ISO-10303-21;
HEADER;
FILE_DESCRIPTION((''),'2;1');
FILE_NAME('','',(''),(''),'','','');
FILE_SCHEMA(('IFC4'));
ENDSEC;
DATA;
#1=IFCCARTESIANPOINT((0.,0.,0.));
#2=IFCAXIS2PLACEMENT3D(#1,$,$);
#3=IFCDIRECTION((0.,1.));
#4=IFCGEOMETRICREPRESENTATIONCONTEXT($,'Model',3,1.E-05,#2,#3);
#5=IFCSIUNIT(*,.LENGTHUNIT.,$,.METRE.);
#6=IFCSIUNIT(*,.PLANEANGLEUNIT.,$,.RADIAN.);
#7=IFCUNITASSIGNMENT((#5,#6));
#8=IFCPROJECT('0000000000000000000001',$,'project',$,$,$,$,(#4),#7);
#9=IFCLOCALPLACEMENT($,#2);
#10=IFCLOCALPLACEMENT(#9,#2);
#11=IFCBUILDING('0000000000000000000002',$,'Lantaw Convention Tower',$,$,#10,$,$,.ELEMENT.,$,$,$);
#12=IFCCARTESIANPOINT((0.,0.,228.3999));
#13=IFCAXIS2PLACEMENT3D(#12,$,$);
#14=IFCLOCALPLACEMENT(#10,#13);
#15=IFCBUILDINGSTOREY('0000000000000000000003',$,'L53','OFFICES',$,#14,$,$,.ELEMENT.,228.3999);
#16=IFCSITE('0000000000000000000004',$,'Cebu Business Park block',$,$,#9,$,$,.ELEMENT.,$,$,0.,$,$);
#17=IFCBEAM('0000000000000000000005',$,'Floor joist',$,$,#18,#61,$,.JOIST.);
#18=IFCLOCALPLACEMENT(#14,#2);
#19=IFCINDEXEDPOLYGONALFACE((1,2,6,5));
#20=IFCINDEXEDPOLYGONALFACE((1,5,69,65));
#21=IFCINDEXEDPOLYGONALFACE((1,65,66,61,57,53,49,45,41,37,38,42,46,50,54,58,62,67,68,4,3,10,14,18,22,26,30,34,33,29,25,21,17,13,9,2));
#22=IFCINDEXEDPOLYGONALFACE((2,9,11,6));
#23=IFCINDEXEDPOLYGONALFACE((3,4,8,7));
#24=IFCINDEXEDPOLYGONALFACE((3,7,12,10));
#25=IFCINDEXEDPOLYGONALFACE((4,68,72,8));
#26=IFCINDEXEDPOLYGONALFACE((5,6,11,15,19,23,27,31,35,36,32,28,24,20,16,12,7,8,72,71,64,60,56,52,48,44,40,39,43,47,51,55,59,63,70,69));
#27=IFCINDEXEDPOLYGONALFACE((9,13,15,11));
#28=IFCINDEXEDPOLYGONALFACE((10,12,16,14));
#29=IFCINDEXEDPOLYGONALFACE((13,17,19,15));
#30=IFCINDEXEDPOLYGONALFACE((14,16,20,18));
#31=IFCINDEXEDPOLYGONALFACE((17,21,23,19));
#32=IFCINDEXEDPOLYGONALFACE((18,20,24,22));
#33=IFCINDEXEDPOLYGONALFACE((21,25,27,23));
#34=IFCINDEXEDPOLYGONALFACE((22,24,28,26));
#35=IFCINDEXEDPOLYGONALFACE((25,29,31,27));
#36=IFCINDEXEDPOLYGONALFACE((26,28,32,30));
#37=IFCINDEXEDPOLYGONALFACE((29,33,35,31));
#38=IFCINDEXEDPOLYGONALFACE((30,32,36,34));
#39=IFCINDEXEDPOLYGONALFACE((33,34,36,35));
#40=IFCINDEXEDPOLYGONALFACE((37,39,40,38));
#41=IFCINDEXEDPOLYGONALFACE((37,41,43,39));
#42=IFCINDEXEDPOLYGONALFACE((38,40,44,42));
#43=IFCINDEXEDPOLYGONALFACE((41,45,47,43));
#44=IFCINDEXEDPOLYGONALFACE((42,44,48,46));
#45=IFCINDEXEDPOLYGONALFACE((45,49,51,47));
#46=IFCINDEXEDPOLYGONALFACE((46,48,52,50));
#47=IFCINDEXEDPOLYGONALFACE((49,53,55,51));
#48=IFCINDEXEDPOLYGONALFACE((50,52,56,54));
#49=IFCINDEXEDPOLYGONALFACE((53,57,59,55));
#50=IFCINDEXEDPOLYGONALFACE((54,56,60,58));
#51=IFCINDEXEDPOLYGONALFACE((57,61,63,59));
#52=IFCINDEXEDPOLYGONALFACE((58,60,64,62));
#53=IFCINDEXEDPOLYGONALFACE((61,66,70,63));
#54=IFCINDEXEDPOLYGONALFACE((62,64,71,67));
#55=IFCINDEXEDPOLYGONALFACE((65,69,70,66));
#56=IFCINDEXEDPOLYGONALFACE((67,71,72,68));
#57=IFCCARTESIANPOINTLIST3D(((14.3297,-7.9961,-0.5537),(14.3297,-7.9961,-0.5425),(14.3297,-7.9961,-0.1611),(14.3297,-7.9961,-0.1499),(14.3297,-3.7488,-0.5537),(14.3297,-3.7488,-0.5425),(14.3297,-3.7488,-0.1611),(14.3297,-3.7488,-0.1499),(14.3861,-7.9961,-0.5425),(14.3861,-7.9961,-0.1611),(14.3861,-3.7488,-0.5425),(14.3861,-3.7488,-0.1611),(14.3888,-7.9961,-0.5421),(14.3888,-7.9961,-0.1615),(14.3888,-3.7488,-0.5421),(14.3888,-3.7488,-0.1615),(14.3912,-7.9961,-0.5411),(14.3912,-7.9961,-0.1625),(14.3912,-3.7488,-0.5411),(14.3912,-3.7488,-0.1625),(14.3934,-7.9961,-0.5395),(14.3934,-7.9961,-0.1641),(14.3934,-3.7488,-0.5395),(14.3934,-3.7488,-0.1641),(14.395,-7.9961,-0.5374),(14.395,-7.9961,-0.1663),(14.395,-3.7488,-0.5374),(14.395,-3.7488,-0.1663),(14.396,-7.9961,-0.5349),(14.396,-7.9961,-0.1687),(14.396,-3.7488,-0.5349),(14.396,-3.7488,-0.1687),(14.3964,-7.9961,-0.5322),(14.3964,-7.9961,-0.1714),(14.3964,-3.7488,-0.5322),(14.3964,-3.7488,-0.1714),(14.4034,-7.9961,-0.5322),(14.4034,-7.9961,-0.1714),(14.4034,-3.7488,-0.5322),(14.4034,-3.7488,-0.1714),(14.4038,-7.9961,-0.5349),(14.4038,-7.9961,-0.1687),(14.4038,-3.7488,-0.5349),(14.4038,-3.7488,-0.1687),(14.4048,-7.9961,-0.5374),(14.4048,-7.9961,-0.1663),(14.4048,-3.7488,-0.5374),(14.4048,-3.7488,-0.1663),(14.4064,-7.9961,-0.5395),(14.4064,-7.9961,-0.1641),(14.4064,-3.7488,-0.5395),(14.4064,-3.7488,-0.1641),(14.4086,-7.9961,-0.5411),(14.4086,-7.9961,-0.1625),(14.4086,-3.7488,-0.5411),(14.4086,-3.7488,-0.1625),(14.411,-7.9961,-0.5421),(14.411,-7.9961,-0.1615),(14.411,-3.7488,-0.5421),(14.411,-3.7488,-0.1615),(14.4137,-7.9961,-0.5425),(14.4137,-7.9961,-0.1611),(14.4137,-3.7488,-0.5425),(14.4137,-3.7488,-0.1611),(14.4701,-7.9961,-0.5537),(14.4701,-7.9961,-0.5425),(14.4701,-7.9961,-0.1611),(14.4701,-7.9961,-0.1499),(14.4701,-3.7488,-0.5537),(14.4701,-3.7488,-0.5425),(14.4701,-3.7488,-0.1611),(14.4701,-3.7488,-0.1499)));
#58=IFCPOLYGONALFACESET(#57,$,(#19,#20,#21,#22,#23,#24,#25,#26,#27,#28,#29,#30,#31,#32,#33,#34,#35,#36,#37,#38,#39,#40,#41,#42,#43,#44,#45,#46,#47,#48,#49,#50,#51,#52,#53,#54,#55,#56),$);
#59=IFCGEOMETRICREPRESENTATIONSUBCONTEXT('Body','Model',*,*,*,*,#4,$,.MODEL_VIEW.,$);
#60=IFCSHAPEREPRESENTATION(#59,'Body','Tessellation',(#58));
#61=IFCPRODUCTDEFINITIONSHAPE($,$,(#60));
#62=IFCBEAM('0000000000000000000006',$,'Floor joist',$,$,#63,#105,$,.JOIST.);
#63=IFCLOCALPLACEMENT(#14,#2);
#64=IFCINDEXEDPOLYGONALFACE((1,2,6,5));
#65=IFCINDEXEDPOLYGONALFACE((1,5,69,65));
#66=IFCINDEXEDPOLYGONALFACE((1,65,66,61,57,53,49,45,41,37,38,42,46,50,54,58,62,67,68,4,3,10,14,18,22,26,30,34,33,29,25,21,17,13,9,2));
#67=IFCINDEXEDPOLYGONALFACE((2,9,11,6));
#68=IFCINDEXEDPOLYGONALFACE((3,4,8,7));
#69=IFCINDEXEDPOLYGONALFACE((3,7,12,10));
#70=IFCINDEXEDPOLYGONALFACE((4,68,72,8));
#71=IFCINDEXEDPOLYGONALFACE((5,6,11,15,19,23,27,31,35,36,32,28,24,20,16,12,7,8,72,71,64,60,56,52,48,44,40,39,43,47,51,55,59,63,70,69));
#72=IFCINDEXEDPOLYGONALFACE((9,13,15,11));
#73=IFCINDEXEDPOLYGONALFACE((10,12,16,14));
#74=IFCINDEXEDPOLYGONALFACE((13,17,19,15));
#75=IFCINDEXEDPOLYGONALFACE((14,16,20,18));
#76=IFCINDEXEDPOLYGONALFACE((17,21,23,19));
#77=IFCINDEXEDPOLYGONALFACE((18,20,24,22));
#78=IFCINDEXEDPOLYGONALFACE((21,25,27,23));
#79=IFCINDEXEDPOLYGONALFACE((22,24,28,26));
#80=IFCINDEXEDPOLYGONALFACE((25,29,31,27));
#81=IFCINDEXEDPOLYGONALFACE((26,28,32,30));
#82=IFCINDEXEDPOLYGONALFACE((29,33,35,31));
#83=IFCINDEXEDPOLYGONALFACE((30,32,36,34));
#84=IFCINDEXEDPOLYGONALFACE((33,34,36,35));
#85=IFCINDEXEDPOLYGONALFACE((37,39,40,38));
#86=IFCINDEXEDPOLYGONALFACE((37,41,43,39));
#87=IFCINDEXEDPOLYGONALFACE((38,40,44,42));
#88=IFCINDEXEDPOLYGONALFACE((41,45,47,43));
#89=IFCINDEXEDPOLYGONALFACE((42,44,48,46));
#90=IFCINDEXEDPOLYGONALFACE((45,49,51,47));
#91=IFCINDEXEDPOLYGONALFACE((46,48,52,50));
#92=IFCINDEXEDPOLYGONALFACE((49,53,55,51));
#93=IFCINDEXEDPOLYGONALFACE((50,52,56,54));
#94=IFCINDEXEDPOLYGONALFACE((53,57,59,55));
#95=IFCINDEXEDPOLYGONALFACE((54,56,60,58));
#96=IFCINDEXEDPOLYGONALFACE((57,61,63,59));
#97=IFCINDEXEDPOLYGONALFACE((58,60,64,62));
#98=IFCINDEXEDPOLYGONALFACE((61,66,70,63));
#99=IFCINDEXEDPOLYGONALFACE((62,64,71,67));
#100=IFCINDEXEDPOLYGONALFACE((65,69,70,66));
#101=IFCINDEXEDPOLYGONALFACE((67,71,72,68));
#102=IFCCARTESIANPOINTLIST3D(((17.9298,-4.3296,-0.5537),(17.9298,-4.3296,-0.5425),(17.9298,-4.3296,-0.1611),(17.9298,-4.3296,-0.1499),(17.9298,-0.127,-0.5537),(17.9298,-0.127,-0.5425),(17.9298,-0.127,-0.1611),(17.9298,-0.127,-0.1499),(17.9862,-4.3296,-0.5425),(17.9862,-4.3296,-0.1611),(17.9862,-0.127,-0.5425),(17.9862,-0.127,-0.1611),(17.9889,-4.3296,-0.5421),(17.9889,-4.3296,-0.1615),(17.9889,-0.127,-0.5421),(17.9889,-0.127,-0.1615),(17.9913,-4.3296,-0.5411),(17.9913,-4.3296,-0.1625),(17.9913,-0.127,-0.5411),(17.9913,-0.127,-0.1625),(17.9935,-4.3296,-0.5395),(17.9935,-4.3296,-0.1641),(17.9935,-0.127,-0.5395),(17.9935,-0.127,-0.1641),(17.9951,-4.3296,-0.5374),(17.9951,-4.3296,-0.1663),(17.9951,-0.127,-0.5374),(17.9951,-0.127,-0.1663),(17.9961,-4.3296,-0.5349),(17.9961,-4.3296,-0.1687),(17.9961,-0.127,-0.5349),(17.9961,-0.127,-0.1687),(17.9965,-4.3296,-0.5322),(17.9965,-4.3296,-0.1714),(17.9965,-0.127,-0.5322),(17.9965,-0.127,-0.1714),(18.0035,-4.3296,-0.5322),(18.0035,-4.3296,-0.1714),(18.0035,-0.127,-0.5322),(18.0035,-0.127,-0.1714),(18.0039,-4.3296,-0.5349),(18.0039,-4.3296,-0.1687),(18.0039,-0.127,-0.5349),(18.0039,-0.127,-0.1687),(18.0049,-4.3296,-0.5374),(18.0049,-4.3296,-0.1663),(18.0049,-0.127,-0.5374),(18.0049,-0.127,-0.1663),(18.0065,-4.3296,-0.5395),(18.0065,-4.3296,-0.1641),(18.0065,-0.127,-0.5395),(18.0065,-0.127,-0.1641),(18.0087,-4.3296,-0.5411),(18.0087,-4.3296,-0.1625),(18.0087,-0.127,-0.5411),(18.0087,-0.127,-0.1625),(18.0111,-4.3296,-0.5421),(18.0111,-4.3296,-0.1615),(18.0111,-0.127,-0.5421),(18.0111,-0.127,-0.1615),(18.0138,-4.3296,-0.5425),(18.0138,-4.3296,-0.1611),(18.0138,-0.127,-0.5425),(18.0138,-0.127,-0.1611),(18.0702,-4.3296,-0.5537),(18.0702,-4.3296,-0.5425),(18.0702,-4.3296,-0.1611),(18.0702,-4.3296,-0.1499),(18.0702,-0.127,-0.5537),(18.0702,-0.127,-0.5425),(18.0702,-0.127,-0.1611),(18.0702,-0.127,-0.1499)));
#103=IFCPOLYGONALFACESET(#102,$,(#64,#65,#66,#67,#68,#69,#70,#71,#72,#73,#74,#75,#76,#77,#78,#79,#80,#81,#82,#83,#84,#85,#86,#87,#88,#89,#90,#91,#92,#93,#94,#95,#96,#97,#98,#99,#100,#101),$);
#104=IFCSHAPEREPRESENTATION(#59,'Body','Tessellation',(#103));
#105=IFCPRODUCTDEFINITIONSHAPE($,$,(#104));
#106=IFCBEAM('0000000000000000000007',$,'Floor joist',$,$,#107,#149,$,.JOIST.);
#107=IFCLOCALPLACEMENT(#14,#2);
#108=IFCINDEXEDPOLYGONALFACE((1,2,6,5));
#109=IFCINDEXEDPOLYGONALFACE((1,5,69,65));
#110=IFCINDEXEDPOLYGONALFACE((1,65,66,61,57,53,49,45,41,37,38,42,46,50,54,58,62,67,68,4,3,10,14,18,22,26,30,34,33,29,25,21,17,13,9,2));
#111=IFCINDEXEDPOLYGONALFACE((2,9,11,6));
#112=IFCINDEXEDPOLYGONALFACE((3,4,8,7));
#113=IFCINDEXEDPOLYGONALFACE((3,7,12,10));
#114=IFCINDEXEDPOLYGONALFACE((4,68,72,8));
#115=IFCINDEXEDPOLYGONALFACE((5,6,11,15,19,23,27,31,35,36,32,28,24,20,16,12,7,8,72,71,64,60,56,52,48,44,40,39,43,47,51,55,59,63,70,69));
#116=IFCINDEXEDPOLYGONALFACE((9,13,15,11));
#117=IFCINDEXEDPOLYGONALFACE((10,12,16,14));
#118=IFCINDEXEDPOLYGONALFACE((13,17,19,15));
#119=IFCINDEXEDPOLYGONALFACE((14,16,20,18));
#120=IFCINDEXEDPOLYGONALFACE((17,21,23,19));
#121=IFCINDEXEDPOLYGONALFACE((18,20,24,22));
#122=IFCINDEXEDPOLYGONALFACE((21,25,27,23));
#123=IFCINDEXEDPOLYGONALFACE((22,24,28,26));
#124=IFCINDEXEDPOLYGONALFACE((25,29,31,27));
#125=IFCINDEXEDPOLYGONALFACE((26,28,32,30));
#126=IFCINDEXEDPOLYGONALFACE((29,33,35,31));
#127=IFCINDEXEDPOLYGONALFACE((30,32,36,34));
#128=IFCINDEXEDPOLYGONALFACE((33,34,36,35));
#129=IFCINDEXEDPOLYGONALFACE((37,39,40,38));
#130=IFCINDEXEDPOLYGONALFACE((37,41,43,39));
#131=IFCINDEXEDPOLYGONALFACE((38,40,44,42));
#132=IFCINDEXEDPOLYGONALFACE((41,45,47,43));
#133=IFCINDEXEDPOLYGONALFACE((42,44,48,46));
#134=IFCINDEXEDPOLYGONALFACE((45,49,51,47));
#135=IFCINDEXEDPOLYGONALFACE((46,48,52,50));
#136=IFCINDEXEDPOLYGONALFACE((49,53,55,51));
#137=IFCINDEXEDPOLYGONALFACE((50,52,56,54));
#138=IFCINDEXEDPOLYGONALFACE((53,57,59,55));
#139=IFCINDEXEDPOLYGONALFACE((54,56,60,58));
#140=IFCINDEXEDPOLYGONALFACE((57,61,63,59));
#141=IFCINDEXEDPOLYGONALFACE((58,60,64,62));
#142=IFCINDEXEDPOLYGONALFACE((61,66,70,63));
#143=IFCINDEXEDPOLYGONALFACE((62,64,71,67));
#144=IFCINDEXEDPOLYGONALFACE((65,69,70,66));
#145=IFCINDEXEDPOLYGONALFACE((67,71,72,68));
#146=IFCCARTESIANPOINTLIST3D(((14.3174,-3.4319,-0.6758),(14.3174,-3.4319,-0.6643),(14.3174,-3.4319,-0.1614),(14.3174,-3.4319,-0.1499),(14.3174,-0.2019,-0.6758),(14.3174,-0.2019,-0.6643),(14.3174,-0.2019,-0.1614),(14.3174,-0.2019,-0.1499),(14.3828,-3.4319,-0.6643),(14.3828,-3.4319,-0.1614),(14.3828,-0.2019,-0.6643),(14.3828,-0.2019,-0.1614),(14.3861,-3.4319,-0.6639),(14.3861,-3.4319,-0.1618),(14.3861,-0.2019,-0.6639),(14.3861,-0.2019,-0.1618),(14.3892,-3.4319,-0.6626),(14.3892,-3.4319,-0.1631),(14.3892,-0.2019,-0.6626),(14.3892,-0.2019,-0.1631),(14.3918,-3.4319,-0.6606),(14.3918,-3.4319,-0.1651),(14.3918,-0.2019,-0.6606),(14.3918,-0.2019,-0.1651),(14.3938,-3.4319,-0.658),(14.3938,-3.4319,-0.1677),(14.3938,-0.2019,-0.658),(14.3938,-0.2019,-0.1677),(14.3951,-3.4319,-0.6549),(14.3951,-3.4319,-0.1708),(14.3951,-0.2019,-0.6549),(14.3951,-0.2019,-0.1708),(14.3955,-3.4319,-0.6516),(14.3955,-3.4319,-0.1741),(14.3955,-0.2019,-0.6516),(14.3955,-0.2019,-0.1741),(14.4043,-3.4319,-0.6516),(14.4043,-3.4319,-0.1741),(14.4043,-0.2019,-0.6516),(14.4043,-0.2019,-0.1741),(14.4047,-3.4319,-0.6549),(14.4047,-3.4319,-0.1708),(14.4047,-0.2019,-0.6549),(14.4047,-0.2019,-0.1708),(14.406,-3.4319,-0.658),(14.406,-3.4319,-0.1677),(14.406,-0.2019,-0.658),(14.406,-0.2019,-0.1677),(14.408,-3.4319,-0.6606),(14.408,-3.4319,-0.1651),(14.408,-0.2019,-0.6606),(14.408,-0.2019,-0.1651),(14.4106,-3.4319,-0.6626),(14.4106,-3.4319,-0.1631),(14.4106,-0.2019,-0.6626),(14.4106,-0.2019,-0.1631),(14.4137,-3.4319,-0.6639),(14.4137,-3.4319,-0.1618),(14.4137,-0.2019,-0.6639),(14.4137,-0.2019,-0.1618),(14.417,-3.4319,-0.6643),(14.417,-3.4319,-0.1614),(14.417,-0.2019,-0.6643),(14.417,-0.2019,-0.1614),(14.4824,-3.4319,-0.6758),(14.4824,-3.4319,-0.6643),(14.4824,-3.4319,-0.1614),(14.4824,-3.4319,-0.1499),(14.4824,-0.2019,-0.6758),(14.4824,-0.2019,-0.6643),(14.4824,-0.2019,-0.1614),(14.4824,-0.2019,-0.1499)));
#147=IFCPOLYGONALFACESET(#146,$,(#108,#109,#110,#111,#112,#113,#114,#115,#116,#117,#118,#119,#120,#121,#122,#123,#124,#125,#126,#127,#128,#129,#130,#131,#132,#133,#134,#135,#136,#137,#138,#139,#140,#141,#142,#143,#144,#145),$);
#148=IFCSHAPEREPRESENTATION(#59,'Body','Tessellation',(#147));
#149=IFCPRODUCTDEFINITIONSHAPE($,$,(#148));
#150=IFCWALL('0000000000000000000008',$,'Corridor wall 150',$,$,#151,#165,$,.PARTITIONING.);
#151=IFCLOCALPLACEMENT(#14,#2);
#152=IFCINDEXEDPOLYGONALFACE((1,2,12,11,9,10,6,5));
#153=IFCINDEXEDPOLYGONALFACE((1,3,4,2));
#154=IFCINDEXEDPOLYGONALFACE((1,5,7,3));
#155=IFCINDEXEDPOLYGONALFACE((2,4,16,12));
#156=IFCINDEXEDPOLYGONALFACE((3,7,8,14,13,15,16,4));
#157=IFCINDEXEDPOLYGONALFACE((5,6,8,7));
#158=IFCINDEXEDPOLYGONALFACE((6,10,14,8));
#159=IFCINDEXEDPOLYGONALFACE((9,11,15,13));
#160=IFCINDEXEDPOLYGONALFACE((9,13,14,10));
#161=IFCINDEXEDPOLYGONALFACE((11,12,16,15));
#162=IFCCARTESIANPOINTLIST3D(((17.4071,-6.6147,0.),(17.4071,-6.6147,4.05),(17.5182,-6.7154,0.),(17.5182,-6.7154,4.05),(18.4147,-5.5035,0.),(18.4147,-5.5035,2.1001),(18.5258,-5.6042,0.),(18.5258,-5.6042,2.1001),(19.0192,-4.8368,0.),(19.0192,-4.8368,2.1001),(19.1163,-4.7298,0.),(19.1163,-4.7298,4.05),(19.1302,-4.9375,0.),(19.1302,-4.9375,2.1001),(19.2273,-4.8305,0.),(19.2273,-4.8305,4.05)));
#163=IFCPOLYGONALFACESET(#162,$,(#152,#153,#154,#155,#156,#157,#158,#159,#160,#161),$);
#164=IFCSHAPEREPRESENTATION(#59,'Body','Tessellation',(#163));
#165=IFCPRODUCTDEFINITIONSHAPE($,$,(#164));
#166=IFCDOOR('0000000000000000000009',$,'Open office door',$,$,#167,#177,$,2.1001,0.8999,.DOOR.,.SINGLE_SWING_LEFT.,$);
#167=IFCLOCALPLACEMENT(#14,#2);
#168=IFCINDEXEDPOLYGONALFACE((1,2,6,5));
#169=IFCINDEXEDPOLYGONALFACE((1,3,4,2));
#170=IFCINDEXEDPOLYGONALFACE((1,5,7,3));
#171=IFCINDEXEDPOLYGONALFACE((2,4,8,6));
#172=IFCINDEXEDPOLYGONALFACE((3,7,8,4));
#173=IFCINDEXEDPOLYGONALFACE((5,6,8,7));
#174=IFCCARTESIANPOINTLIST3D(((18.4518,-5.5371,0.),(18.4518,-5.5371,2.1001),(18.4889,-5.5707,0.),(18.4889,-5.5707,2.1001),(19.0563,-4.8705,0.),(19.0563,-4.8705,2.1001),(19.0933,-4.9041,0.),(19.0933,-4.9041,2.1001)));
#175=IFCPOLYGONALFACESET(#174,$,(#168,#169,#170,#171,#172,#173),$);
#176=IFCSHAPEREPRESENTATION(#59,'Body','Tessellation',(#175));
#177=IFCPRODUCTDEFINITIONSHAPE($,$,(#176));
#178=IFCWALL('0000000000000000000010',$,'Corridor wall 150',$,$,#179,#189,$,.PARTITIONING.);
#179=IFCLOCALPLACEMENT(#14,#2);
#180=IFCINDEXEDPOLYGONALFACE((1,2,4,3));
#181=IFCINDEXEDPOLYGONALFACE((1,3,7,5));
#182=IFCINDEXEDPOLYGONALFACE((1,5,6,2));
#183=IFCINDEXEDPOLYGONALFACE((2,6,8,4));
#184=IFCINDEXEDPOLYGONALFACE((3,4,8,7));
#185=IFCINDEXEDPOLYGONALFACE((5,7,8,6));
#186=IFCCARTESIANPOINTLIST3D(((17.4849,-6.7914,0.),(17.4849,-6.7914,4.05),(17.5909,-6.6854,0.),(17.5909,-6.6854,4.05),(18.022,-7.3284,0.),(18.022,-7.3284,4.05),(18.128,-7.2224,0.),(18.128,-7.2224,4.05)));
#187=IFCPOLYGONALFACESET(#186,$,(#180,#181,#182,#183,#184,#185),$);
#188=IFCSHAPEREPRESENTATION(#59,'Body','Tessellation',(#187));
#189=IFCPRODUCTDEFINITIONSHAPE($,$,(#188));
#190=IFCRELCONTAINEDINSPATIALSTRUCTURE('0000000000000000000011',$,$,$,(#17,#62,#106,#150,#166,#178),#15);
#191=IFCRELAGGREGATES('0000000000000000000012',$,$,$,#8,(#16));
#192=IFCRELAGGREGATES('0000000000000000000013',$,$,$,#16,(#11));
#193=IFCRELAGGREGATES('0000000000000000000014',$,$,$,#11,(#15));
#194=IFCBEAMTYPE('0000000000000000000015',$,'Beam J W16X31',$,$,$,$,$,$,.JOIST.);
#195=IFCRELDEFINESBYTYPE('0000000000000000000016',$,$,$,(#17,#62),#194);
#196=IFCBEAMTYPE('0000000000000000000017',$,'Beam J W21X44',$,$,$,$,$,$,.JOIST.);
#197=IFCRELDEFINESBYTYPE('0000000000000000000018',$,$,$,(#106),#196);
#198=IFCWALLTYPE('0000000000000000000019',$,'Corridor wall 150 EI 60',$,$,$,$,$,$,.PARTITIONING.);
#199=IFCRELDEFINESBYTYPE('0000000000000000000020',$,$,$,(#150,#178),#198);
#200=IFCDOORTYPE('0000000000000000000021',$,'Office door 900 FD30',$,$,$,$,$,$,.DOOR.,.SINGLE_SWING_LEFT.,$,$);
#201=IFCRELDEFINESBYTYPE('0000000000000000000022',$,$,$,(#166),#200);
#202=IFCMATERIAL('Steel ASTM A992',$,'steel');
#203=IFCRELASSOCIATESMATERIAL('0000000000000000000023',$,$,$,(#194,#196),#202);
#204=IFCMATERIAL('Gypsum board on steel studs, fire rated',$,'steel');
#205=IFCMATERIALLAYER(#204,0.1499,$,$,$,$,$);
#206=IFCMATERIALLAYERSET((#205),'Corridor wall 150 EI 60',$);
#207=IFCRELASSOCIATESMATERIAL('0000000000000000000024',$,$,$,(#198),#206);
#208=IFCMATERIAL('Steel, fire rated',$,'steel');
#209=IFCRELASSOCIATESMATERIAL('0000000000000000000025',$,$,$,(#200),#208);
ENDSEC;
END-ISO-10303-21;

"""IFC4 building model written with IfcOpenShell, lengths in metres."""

from ifc_helpers import new_model, si_unit, direction, frame, frame_2d, origin, origin_2d, place, context, subcontext, project, spatial, rectangle, i_section, extrude, material, layer, layer_set, material_profile, profile_set, type_object, element, fill, save


model = new_model("IFC4")

# Units and contexts
model_context = context("Model", 3, precision=1e-05, world=origin(), true_north=direction((0.0, 1.0)))
body_context = subcontext(model_context, "Body", "Model", "MODEL_VIEW")
ifc_project = project(units=[si_unit("LENGTHUNIT", "METRE"), si_unit("PLANEANGLEUNIT", "RADIAN")], contexts=[model_context])

# Site, building, storey
site_placement = place(None, origin())
site = spatial("IfcSite", under=ifc_project, at=site_placement, Name="Cebu Business Park block", CompositionType="ELEMENT", RefElevation=0.0)
building_placement = place(site_placement, origin())
building = spatial("IfcBuilding", under=site, at=building_placement, Name="Lantaw Convention Tower", CompositionType="ELEMENT")
storey_placement = place(building_placement, frame((0.0, 0.0, 228.3999)))
storey = spatial("IfcBuildingStorey", under=building, at=storey_placement, Name="L53", Description="OFFICES", CompositionType="ELEMENT", Elevation=228.3999)

# Beams
ifc_material_1 = material(Name="Steel ASTM A992", Category="steel")
ifc_material_profile_1 = material_profile(ifc_material_1, i_section(OverallWidth=0.1404, OverallDepth=0.4038, WebThickness=0.0071, FlangeThickness=0.0112, FilletRadius=0.0103, at=origin_2d()), Name="W16X31")
ifc_profile_set_1 = profile_set([ifc_material_profile_1], Name="Steel ASTM A992")
beam_type_1 = type_object("IfcBeamType", Name="Beam J W16X31", PredefinedType="JOIST", material=ifc_profile_set_1)
beam_1_placement = place(storey_placement, frame((14.3999, -7.9961, -0.3518), z_axis=(0.0, 1.0, 0.0), x_axis=(-1.0, 0.0, 0.0)))
element("IfcBeam", 1, at=beam_1_placement, inside=storey, type_object=beam_type_1, Name="Floor joist", PredefinedType="JOIST", context=body_context, shape_type="SweptSolid", body=[
    extrude(i_section(OverallWidth=0.1404, OverallDepth=0.4038, WebThickness=0.0071, FlangeThickness=0.0112, FilletRadius=0.0103, at=origin_2d()), origin(), (0.0, 0.0, 1.0), 4.2473),
])
beam_2_placement = place(storey_placement, frame((18.0, -4.3296, -0.3518), z_axis=(0.0, 1.0, 0.0), x_axis=(-1.0, 0.0, 0.0)))
element("IfcBeam", 2, at=beam_2_placement, inside=storey, type_object=beam_type_1, Name="Floor joist", PredefinedType="JOIST", context=body_context, shape_type="SweptSolid", body=[
    extrude(i_section(OverallWidth=0.1404, OverallDepth=0.4038, WebThickness=0.0071, FlangeThickness=0.0112, FilletRadius=0.0103, at=origin_2d()), origin(), (0.0, 0.0, 1.0), 4.2026),
])
ifc_material_profile_2 = material_profile(ifc_material_1, i_section(OverallWidth=0.165, OverallDepth=0.5259, WebThickness=0.0088, FlangeThickness=0.0115, FilletRadius=0.0127, at=origin_2d()), Name="W21X44")
ifc_profile_set_2 = profile_set([ifc_material_profile_2], Name="Steel ASTM A992")
beam_type_2 = type_object("IfcBeamType", Name="Beam J W21X44", PredefinedType="JOIST", material=ifc_profile_set_2)
beam_3_placement = place(storey_placement, frame((14.3999, -3.4319, -0.4128), z_axis=(0.0, 1.0, 0.0), x_axis=(-1.0, 0.0, 0.0)))
element("IfcBeam", 3, at=beam_3_placement, inside=storey, type_object=beam_type_2, Name="Floor joist", PredefinedType="JOIST", context=body_context, shape_type="SweptSolid", body=[
    extrude(i_section(OverallWidth=0.165, OverallDepth=0.5259, WebThickness=0.0088, FlangeThickness=0.0115, FilletRadius=0.0127, at=origin_2d()), origin(), (0.0, 0.0, 1.0), 3.23),
])

# Wall, opening, door
ifc_material_2 = material(Name="Gypsum board on steel studs, fire rated", Category="steel")
ifc_layer_1 = layer(ifc_material_2, 0.1499)
ifc_layer_set_1 = layer_set([ifc_layer_1], Name="Corridor wall 150 EI 60")
wall_type_1 = type_object("IfcWallType", Name="Corridor wall 150 EI 60", PredefinedType="PARTITIONING", material=ifc_layer_set_1)
wall_1_placement = place(storey_placement, frame((17.4626, -6.665, 0.0), z_axis=(0.0, 0.0, 1.0), x_axis=(0.671722, 0.740803, 0.0)))
wall_1 = element("IfcWall", 4, at=wall_1_placement, inside=storey, type_object=wall_type_1, Name="Corridor wall 150", PredefinedType="PARTITIONING", context=body_context, shape_type="SweptSolid", body=[
    extrude(rectangle(XDim=2.5444, YDim=0.1499, at=frame_2d((1.2722, 0.0))), origin(), (0.0, 0.0, 1.0), 4.05),
])
opening_1_placement = place(wall_1_placement, frame((1.5, 0.0, 0.0)))
opening_1 = element("IfcOpeningElement", 5, at=opening_1_placement, cuts=wall_1, PredefinedType="OPENING", context=body_context, shape_type="SweptSolid", body=[
    extrude(rectangle(XDim=0.8999, YDim=2.1001, at=frame_2d((0.45, 1.05))), frame((0.0, 0.085, 0.0), z_axis=(0.0, -1.0, 0.0), x_axis=(1.0, 0.0, 0.0)), (0.0, 0.0, 1.0), 0.1699),
])
ifc_material_3 = material(Name="Steel, fire rated", Category="steel")
door_type_1 = type_object("IfcDoorType", Name="Office door 900 FD30", OperationType="SINGLE_SWING_LEFT", PredefinedType="DOOR", material=ifc_material_3)
door_1_placement = place(opening_1_placement, origin())
door_1 = element("IfcDoor", 6, at=door_1_placement, inside=storey, type_object=door_type_1, Name="Open office door", OperationType="SINGLE_SWING_LEFT", OverallHeight=2.1001, OverallWidth=0.8999, PredefinedType="DOOR", context=body_context, shape_type="SweptSolid", body=[
    extrude(rectangle(XDim=0.8999, YDim=2.1001, at=frame_2d((0.45, 1.05))), frame((0.0, 0.0249, 0.0), z_axis=(0.0, -1.0, 0.0), x_axis=(1.0, 0.0, 0.0)), (0.0, 0.0, 1.0), 0.05),
])
fill(opening_1, door_1)

# Wall
wall_2_placement = place(storey_placement, frame((17.5378, -6.7383, 0.0), z_axis=(0.0, 0.0, 1.0), x_axis=(0.707107, -0.707107, 0.0)))
element("IfcWall", 7, at=wall_2_placement, inside=storey, type_object=wall_type_1, Name="Corridor wall 150", PredefinedType="PARTITIONING", context=body_context, shape_type="SweptSolid", body=[
    extrude(rectangle(XDim=0.7595, YDim=0.1499, at=frame_2d((0.3799, 0.0))), origin(), (0.0, 0.0, 1.0), 4.05),
])

save(model, "model.ifc")
